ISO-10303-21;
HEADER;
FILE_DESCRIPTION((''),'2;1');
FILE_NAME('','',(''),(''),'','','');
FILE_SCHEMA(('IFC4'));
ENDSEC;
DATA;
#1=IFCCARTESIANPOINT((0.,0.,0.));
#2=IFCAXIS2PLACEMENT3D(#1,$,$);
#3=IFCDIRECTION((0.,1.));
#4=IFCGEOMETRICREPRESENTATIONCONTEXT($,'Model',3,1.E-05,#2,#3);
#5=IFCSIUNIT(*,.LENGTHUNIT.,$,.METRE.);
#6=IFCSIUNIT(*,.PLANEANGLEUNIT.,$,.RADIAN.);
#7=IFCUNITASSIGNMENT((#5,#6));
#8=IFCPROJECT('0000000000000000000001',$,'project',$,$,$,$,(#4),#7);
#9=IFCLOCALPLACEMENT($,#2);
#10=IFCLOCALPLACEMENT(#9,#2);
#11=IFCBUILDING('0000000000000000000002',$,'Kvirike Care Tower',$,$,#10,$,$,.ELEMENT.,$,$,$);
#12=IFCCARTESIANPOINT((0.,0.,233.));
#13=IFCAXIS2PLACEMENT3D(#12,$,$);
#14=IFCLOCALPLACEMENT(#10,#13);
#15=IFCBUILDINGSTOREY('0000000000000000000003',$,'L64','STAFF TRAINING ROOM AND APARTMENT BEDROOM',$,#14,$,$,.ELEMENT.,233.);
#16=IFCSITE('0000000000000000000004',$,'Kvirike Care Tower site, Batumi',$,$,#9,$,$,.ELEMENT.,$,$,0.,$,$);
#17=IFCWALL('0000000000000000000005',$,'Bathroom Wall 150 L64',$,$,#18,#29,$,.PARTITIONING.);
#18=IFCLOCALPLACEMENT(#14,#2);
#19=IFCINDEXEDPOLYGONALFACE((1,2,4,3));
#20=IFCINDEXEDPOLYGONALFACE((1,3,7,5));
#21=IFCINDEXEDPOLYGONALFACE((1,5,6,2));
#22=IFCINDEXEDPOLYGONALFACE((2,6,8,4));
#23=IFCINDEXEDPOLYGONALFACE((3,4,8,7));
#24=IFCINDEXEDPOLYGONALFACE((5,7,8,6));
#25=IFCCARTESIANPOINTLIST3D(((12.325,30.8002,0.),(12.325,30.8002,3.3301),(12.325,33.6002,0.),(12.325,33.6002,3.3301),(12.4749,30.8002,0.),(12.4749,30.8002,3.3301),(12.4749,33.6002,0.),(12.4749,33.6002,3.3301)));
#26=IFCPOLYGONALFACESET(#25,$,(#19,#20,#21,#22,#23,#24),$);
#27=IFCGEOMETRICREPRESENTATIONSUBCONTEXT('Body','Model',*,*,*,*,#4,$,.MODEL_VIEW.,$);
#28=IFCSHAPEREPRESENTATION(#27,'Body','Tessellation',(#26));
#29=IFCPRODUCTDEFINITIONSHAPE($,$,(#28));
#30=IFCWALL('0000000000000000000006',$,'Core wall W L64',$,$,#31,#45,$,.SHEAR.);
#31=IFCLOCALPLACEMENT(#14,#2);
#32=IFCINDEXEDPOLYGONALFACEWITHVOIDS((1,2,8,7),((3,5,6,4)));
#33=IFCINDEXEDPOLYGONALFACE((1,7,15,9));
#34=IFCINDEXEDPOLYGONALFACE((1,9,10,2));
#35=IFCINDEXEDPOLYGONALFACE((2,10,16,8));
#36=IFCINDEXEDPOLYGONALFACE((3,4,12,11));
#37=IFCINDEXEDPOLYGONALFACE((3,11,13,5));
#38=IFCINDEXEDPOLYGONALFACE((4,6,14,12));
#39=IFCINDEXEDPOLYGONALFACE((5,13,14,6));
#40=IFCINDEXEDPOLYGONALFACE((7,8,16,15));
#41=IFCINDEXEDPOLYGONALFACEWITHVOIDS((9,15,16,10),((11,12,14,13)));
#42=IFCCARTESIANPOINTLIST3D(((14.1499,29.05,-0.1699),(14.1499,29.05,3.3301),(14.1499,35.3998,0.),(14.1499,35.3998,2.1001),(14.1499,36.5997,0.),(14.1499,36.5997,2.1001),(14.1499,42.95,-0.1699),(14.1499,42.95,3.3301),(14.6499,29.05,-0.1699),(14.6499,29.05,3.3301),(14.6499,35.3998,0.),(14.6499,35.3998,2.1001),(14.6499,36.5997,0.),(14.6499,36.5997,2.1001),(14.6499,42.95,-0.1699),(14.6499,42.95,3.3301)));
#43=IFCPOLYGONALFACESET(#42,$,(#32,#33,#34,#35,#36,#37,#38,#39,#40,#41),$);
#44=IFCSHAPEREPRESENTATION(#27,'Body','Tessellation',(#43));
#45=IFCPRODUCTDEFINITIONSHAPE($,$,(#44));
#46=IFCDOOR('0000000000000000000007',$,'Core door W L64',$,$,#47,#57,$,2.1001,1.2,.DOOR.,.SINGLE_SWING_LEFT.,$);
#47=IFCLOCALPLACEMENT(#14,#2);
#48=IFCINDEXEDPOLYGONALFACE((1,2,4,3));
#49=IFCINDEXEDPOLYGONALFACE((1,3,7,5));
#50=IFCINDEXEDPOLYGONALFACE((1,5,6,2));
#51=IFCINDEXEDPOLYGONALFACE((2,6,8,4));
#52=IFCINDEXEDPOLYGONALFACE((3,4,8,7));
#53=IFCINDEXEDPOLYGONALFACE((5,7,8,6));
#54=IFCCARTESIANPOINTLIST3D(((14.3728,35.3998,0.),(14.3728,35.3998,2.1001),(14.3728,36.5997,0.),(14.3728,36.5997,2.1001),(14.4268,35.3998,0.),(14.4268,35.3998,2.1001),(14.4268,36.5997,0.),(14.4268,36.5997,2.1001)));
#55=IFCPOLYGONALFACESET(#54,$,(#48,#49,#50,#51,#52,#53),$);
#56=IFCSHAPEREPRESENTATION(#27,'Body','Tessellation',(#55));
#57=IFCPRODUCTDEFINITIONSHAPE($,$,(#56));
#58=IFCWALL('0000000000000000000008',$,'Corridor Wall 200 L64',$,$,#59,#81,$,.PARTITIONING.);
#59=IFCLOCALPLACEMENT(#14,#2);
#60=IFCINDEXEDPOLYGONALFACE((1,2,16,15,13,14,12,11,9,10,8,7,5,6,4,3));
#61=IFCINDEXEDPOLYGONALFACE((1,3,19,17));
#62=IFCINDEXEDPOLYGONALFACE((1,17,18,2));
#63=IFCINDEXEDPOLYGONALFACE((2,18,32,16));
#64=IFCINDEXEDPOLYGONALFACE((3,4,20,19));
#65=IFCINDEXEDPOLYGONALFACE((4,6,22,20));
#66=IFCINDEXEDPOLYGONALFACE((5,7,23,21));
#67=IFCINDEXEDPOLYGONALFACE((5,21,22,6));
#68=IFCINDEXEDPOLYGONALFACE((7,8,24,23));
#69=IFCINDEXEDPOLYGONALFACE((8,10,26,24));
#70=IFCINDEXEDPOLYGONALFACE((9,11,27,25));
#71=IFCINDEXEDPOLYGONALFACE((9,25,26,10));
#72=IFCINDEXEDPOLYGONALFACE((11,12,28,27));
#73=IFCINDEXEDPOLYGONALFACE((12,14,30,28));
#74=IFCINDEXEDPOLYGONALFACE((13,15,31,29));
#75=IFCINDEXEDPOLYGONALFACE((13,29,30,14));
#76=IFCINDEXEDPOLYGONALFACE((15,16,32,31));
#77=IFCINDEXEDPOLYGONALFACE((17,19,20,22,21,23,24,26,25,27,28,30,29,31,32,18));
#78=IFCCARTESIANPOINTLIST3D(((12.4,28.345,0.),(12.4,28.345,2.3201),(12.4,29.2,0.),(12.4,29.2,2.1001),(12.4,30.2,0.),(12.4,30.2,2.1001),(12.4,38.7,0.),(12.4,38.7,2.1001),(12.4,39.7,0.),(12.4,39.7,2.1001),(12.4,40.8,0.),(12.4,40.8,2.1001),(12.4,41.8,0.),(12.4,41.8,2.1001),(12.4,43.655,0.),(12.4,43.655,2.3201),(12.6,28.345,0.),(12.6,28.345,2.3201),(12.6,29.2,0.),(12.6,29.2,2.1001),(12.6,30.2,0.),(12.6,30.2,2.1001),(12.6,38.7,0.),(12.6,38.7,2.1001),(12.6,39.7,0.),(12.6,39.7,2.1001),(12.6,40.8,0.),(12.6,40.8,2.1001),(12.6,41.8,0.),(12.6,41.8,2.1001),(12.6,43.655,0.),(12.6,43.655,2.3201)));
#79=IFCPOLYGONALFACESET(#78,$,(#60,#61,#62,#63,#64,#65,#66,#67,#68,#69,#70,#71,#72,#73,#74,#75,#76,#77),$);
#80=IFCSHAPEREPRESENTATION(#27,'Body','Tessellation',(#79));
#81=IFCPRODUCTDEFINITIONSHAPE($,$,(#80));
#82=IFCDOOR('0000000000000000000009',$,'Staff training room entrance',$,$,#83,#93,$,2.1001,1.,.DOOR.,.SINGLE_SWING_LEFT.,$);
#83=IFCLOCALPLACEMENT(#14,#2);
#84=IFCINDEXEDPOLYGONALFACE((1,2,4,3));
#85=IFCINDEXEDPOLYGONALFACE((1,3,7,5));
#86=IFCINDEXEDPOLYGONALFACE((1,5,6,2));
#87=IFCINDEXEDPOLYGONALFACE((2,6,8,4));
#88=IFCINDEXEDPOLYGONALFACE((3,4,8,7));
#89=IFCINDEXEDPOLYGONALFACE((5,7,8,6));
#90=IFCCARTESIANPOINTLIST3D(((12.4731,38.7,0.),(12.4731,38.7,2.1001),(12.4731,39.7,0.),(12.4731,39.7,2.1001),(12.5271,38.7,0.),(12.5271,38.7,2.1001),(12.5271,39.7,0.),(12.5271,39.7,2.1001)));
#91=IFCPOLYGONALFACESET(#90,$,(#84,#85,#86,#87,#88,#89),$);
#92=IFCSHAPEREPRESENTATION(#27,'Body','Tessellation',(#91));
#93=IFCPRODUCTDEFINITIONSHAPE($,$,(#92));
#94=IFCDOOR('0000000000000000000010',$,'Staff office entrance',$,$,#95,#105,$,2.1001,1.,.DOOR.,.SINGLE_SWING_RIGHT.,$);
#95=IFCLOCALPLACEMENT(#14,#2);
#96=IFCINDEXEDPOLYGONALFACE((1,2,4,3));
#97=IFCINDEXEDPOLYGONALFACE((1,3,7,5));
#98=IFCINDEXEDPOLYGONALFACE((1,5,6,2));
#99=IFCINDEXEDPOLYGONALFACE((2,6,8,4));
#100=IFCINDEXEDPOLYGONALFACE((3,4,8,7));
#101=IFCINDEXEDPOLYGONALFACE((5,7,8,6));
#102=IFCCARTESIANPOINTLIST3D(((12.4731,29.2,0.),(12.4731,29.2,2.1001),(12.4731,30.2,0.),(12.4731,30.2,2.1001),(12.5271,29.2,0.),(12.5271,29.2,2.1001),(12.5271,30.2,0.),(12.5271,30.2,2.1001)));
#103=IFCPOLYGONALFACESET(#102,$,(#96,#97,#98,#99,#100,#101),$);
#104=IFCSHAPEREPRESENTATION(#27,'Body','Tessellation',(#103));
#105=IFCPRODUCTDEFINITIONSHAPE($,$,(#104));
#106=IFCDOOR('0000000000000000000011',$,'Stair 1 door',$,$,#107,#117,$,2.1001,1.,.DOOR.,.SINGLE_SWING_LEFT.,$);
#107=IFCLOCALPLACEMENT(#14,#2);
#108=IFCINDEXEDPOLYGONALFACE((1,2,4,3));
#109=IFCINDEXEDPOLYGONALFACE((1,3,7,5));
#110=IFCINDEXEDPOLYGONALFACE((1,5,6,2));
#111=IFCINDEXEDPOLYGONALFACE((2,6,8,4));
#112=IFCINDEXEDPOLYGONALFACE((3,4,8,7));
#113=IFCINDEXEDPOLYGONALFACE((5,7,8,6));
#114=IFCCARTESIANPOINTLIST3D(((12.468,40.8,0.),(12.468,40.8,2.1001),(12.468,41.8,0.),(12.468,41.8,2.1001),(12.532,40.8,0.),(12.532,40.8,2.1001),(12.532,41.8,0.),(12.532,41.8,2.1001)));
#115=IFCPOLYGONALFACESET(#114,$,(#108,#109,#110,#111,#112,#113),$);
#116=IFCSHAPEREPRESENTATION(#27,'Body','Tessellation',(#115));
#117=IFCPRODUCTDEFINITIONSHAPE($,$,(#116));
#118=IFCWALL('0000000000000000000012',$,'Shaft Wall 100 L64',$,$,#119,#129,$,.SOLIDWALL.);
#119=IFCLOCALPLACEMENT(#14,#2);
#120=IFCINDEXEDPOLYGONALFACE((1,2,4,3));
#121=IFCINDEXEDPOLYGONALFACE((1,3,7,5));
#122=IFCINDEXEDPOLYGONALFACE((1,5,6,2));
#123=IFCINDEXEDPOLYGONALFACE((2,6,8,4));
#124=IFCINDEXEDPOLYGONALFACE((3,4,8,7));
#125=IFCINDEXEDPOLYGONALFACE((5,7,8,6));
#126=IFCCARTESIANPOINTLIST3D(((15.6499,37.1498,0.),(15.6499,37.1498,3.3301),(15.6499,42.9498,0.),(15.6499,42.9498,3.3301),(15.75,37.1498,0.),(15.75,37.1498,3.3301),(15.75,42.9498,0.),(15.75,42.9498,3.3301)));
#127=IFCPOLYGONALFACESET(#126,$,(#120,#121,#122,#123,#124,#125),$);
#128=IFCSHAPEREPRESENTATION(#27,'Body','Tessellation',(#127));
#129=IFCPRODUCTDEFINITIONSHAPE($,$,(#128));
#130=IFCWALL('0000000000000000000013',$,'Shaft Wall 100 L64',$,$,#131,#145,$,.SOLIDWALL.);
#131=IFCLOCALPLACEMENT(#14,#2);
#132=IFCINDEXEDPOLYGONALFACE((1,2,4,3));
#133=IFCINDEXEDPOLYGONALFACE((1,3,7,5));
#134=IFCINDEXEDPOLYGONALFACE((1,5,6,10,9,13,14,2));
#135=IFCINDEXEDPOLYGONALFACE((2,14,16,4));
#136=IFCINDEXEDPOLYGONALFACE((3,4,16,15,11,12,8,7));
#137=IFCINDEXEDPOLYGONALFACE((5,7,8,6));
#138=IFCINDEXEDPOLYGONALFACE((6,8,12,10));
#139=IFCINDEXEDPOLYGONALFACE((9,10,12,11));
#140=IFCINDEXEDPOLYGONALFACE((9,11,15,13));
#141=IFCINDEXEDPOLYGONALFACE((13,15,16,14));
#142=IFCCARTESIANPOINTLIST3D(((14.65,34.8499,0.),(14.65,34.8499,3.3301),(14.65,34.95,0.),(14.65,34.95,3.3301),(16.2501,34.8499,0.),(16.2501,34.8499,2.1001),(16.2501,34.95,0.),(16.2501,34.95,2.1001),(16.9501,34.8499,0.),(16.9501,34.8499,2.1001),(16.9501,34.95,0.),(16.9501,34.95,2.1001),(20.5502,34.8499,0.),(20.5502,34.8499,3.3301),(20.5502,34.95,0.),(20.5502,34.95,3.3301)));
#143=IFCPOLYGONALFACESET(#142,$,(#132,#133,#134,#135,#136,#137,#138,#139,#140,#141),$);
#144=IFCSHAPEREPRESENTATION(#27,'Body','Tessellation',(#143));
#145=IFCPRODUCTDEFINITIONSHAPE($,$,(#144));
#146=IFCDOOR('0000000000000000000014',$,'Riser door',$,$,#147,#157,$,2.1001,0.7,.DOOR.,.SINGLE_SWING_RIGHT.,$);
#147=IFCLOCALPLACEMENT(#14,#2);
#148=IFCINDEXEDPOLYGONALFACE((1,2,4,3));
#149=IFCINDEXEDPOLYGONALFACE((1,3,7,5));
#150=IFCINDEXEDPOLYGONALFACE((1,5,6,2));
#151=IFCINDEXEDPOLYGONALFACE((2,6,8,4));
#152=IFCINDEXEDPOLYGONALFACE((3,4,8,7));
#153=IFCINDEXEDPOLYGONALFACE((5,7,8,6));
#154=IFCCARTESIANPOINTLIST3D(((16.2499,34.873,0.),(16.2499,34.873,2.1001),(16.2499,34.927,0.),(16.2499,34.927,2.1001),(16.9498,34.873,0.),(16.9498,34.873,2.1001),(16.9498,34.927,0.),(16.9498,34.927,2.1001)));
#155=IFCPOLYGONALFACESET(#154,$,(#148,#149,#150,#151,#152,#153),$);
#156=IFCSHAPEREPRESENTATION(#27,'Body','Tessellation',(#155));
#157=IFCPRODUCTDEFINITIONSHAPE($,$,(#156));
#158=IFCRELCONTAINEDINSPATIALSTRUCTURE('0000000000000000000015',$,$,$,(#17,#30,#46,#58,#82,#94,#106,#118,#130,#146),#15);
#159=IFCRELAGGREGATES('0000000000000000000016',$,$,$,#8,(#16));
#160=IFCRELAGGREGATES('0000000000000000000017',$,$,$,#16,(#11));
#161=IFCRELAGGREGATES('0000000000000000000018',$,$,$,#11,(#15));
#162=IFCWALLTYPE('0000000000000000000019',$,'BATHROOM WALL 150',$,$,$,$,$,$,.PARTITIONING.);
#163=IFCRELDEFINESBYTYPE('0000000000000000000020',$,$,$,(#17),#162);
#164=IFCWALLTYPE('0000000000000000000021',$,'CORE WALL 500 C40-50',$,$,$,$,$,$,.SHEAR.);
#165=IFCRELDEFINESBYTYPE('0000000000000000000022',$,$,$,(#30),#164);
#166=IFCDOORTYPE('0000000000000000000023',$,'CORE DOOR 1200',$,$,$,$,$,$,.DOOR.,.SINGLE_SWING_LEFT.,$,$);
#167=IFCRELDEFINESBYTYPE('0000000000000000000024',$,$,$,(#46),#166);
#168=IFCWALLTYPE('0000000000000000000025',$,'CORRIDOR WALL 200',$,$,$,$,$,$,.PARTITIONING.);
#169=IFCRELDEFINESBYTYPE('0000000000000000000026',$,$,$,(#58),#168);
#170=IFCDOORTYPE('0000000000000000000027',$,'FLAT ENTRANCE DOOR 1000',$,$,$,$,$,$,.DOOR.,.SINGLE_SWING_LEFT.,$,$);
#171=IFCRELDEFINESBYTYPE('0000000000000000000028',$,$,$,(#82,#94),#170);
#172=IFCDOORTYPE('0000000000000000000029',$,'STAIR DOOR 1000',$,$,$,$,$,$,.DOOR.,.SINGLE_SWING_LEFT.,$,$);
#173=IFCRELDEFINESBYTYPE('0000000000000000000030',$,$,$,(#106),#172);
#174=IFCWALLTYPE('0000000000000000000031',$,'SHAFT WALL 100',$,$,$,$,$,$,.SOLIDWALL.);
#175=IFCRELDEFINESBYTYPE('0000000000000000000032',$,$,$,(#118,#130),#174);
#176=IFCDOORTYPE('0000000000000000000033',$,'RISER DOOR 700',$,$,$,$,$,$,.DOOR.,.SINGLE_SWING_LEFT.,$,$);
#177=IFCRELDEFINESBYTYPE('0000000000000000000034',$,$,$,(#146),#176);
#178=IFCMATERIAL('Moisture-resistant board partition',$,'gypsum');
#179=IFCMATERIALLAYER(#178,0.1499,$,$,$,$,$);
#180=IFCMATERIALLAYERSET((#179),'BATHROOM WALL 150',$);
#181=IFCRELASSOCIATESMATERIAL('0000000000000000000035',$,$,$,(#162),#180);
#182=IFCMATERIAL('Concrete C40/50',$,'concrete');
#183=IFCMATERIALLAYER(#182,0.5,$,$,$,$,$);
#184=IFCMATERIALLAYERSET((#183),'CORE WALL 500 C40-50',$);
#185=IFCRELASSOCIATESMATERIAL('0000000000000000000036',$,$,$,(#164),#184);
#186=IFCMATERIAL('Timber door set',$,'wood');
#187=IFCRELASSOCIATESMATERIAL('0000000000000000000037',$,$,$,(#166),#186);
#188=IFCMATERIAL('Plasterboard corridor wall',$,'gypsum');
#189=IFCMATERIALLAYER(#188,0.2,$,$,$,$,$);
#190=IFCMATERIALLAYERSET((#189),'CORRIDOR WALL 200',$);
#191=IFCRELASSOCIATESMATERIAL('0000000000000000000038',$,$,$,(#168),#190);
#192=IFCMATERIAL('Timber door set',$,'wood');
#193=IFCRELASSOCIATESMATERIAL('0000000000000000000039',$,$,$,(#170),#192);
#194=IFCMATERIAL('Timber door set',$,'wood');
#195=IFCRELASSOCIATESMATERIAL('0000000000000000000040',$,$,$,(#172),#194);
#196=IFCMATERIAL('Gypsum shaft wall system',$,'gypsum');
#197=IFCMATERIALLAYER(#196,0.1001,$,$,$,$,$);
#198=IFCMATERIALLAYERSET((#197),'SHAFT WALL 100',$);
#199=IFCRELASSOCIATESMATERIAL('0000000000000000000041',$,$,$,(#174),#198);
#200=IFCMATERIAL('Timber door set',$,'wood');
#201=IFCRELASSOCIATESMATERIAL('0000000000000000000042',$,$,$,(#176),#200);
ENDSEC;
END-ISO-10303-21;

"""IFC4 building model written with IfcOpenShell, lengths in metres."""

from ifc_helpers import new_model, si_unit, direction, frame, frame_2d, origin, place, context, subcontext, project, spatial, rectangle, extrude, material, layer, layer_set, type_object, element, fill, save


model = new_model("IFC4")

# Units and contexts
model_context = context("Model", 3, precision=1e-05, world=origin(), true_north=direction((0.0, 1.0)))
body_context = subcontext(model_context, "Body", "Model", "MODEL_VIEW")
ifc_project = project(units=[si_unit("LENGTHUNIT", "METRE"), si_unit("PLANEANGLEUNIT", "RADIAN")], contexts=[model_context])

# Site, building, storey
site_placement = place(None, origin())
site = spatial("IfcSite", under=ifc_project, at=site_placement, Name="Kvirike Care Tower site, Batumi", CompositionType="ELEMENT", RefElevation=0.0)
building_placement = place(site_placement, origin())
building = spatial("IfcBuilding", under=site, at=building_placement, Name="Kvirike Care Tower", CompositionType="ELEMENT")
storey_placement = place(building_placement, frame((0.0, 0.0, 233.0)))
storey = spatial("IfcBuildingStorey", under=building, at=storey_placement, Name="L64", Description="STAFF TRAINING ROOM AND APARTMENT BEDROOM", CompositionType="ELEMENT", Elevation=233.0)

# Wall
ifc_material_1 = material(Name="Moisture-resistant board partition", Category="gypsum")
ifc_layer_1 = layer(ifc_material_1, 0.1499)
ifc_layer_set_1 = layer_set([ifc_layer_1], Name="BATHROOM WALL 150")
wall_type_1 = type_object("IfcWallType", Name="BATHROOM WALL 150", PredefinedType="PARTITIONING", material=ifc_layer_set_1)
wall_1_placement = place(storey_placement, frame((12.3999, 33.6001, 0.0), z_axis=(0.0, 0.0, 1.0), x_axis=(0.0, -1.0, 0.0)))
element("IfcWall", 1, at=wall_1_placement, inside=storey, type_object=wall_type_1, Name="Bathroom Wall 150 L64", PredefinedType="PARTITIONING", context=body_context, shape_type="SweptSolid", body=[
    extrude(rectangle(XDim=2.8, YDim=0.1499, at=frame_2d((1.3999, 0.0))), origin(), (0.0, 0.0, 1.0), 3.3301),
])

# Wall, opening, door
ifc_material_2 = material(Name="Concrete C40/50", Category="concrete")
ifc_layer_2 = layer(ifc_material_2, 0.5)
ifc_layer_set_2 = layer_set([ifc_layer_2], Name="CORE WALL 500 C40-50")
wall_type_2 = type_object("IfcWallType", Name="CORE WALL 500 C40-50", PredefinedType="SHEAR", material=ifc_layer_set_2)
wall_2_placement = place(storey_placement, frame((14.3999, 42.95, -0.1699), z_axis=(0.0, 0.0, 1.0), x_axis=(0.0, -1.0, 0.0)))
wall_2 = element("IfcWall", 2, at=wall_2_placement, inside=storey, type_object=wall_type_2, Name="Core wall W L64", PredefinedType="SHEAR", context=body_context, shape_type="SweptSolid", body=[
    extrude(rectangle(XDim=13.8999, YDim=0.5, at=frame_2d((6.95, 0.0))), origin(), (0.0, 0.0, 1.0), 3.5),
])
opening_1_placement = place(wall_2_placement, frame((6.3501, 0.0, 0.1699)))
opening_1 = element("IfcOpeningElement", 3, at=opening_1_placement, cuts=wall_2, PredefinedType="OPENING", context=body_context, shape_type="SweptSolid", body=[
    extrude(rectangle(XDim=1.2, YDim=2.1001, at=frame_2d((0.6001, 1.05))), frame((0.0, 0.2605, 0.0), z_axis=(0.0, -1.0, 0.0), x_axis=(1.0, 0.0, 0.0)), (0.0, 0.0, 1.0), 0.521),
])
ifc_material_3 = material(Name="Timber door set", Category="wood")
door_type_1 = type_object("IfcDoorType", Name="CORE DOOR 1200", OperationType="SINGLE_SWING_LEFT", PredefinedType="DOOR", material=ifc_material_3)
door_1_placement = place(opening_1_placement, origin())
door_1 = element("IfcDoor", 4, at=door_1_placement, inside=storey, type_object=door_type_1, Name="Core door W L64", OperationType="SINGLE_SWING_LEFT", OverallHeight=2.1001, OverallWidth=1.2, PredefinedType="DOOR", context=body_context, shape_type="SweptSolid", body=[
    extrude(rectangle(XDim=1.2, YDim=2.1001, at=frame_2d((0.6001, 1.05))), frame((0.0, 0.0269, 0.0), z_axis=(0.0, -1.0, 0.0), x_axis=(1.0, 0.0, 0.0)), (0.0, 0.0, 1.0), 0.054),
])
fill(opening_1, door_1)

# Wall, openings, doors
ifc_material_4 = material(Name="Plasterboard corridor wall", Category="gypsum")
ifc_layer_3 = layer(ifc_material_4, 0.2)
ifc_layer_set_3 = layer_set([ifc_layer_3], Name="CORRIDOR WALL 200")
wall_type_3 = type_object("IfcWallType", Name="CORRIDOR WALL 200", PredefinedType="PARTITIONING", material=ifc_layer_set_3)
wall_3_placement = place(storey_placement, frame((12.5, 43.655, 0.0), z_axis=(0.0, 0.0, 1.0), x_axis=(0.0, -1.0, 0.0)))
wall_3 = element("IfcWall", 5, at=wall_3_placement, inside=storey, type_object=wall_type_3, Name="Corridor Wall 200 L64", PredefinedType="PARTITIONING", context=body_context, shape_type="SweptSolid", body=[
    extrude(rectangle(XDim=15.3101, YDim=0.2, at=frame_2d((7.655, 0.0))), origin(), (0.0, 0.0, 1.0), 2.3201),
])
opening_2_placement = place(wall_3_placement, frame((1.855, 0.0, 0.0)))
opening_2 = element("IfcOpeningElement", 6, at=opening_2_placement, cuts=wall_3, PredefinedType="OPENING", context=body_context, shape_type="SweptSolid", body=[
    extrude(rectangle(XDim=1.0, YDim=2.1001, at=frame_2d((0.5, 1.05))), frame((0.0, 0.1106, 0.0), z_axis=(0.0, -1.0, 0.0), x_axis=(1.0, 0.0, 0.0)), (0.0, 0.0, 1.0), 0.2209),
])
opening_3_placement = place(wall_3_placement, frame((3.9551, 0.0, 0.0)))
opening_3 = element("IfcOpeningElement", 7, at=opening_3_placement, cuts=wall_3, PredefinedType="OPENING", context=body_context, shape_type="SweptSolid", body=[
    extrude(rectangle(XDim=1.0, YDim=2.1001, at=frame_2d((0.5, 1.05))), frame((0.0, 0.1106, 0.0), z_axis=(0.0, -1.0, 0.0), x_axis=(1.0, 0.0, 0.0)), (0.0, 0.0, 1.0), 0.2209),
])
opening_4_placement = place(wall_3_placement, frame((13.4551, 0.0, 0.0)))
opening_4 = element("IfcOpeningElement", 8, at=opening_4_placement, cuts=wall_3, PredefinedType="OPENING", context=body_context, shape_type="SweptSolid", body=[
    extrude(rectangle(XDim=1.0, YDim=2.1001, at=frame_2d((0.5, 1.05))), frame((0.0, 0.1106, 0.0), z_axis=(0.0, -1.0, 0.0), x_axis=(1.0, 0.0, 0.0)), (0.0, 0.0, 1.0), 0.2209),
])
ifc_material_5 = material(Name="Timber door set", Category="wood")
door_type_2 = type_object("IfcDoorType", Name="FLAT ENTRANCE DOOR 1000", OperationType="SINGLE_SWING_LEFT", PredefinedType="DOOR", material=ifc_material_5)
door_2_placement = place(opening_3_placement, frame((1.0, 0.0, 0.0), z_axis=(0.0, 0.0, 1.0), x_axis=(-1.0, 0.0, 0.0)))
door_2 = element("IfcDoor", 9, at=door_2_placement, inside=storey, type_object=door_type_2, Name="Staff training room entrance", OperationType="SINGLE_SWING_LEFT", OverallHeight=2.1001, OverallWidth=1.0, PredefinedType="DOOR", context=body_context, shape_type="SweptSolid", body=[
    extrude(rectangle(XDim=1.0, YDim=2.1001, at=frame_2d((0.5, 1.05))), frame((0.0, 0.0269, 0.0), z_axis=(0.0, -1.0, 0.0), x_axis=(1.0, 0.0, 0.0)), (0.0, 0.0, 1.0), 0.054),
])
fill(opening_3, door_2)
door_3_placement = place(opening_4_placement, frame((1.0, 0.0, 0.0), z_axis=(0.0, 0.0, 1.0), x_axis=(-1.0, 0.0, 0.0)))
door_3 = element("IfcDoor", 10, at=door_3_placement, inside=storey, type_object=door_type_2, Name="Staff office entrance", OperationType="SINGLE_SWING_RIGHT", OverallHeight=2.1001, OverallWidth=1.0, PredefinedType="DOOR", context=body_context, shape_type="SweptSolid", body=[
    extrude(rectangle(XDim=1.0, YDim=2.1001, at=frame_2d((0.5, 1.05))), frame((0.0, 0.0269, 0.0), z_axis=(0.0, -1.0, 0.0), x_axis=(1.0, 0.0, 0.0)), (0.0, 0.0, 1.0), 0.054),
])
fill(opening_4, door_3)
ifc_material_6 = material(Name="Timber door set", Category="wood")
door_type_3 = type_object("IfcDoorType", Name="STAIR DOOR 1000", OperationType="SINGLE_SWING_LEFT", PredefinedType="DOOR", material=ifc_material_6)
door_4_placement = place(opening_2_placement, frame((1.0, 0.0, 0.0), z_axis=(0.0, 0.0, 1.0), x_axis=(-1.0, 0.0, 0.0)))
door_4 = element("IfcDoor", 11, at=door_4_placement, inside=storey, type_object=door_type_3, Name="Stair 1 door", OperationType="SINGLE_SWING_LEFT", OverallHeight=2.1001, OverallWidth=1.0, PredefinedType="DOOR", context=body_context, shape_type="SweptSolid", body=[
    extrude(rectangle(XDim=1.0, YDim=2.1001, at=frame_2d((0.5, 1.05))), frame((0.0, 0.032, 0.0), z_axis=(0.0, -1.0, 0.0), x_axis=(1.0, 0.0, 0.0)), (0.0, 0.0, 1.0), 0.064),
])
fill(opening_2, door_4)

# Wall
ifc_material_7 = material(Name="Gypsum shaft wall system", Category="gypsum")
ifc_layer_4 = layer(ifc_material_7, 0.1001)
ifc_layer_set_4 = layer_set([ifc_layer_4], Name="SHAFT WALL 100")
wall_type_4 = type_object("IfcWallType", Name="SHAFT WALL 100", PredefinedType="SOLIDWALL", material=ifc_layer_set_4)
wall_4_placement = place(storey_placement, frame((15.7, 37.1499, 0.0), z_axis=(0.0, 0.0, 1.0), x_axis=(0.0, 1.0, 0.0)))
element("IfcWall", 12, at=wall_4_placement, inside=storey, type_object=wall_type_4, Name="Shaft Wall 100 L64", PredefinedType="SOLIDWALL", context=body_context, shape_type="SweptSolid", body=[
    extrude(rectangle(XDim=5.8, YDim=0.1001, at=frame_2d((2.8999, 0.0))), origin(), (0.0, 0.0, 1.0), 3.3301),
])

# Wall, opening, door
wall_5_placement = place(storey_placement, frame((14.6499, 34.8999, 0.0), z_axis=(0.0, 0.0, 1.0), x_axis=(1.0, 0.0, 0.0)))
wall_5 = element("IfcWall", 13, at=wall_5_placement, inside=storey, type_object=wall_type_4, Name="Shaft Wall 100 L64", PredefinedType="SOLIDWALL", context=body_context, shape_type="SweptSolid", body=[
    extrude(rectangle(XDim=5.9001, YDim=0.1001, at=frame_2d((2.9502, 0.0))), origin(), (0.0, 0.0, 1.0), 3.3301),
])
opening_5_placement = place(wall_5_placement, frame((1.6001, 0.0, 0.0)))
opening_5 = element("IfcOpeningElement", 14, at=opening_5_placement, cuts=wall_5, PredefinedType="OPENING", context=body_context, shape_type="SweptSolid", body=[
    extrude(rectangle(XDim=0.7, YDim=2.1001, at=frame_2d((0.3501, 1.05))), frame((0.0, 0.0605, 0.0), z_axis=(0.0, -1.0, 0.0), x_axis=(1.0, 0.0, 0.0)), (0.0, 0.0, 1.0), 0.1211),
])
ifc_material_8 = material(Name="Timber door set", Category="wood")
door_type_4 = type_object("IfcDoorType", Name="RISER DOOR 700", OperationType="SINGLE_SWING_LEFT", PredefinedType="DOOR", material=ifc_material_8)
door_5_placement = place(opening_5_placement, frame((0.7, 0.0, 0.0), z_axis=(0.0, 0.0, 1.0), x_axis=(-1.0, 0.0, 0.0)))
door_5 = element("IfcDoor", 15, at=door_5_placement, inside=storey, type_object=door_type_4, Name="Riser door", OperationType="SINGLE_SWING_RIGHT", OverallHeight=2.1001, OverallWidth=0.7, PredefinedType="DOOR", context=body_context, shape_type="SweptSolid", body=[
    extrude(rectangle(XDim=0.7, YDim=2.1001, at=frame_2d((0.3501, 1.05))), frame((0.0, 0.0269, 0.0), z_axis=(0.0, -1.0, 0.0), x_axis=(1.0, 0.0, 0.0)), (0.0, 0.0, 1.0), 0.054),
])
fill(opening_5, door_5)

save(model, "model.ifc")
